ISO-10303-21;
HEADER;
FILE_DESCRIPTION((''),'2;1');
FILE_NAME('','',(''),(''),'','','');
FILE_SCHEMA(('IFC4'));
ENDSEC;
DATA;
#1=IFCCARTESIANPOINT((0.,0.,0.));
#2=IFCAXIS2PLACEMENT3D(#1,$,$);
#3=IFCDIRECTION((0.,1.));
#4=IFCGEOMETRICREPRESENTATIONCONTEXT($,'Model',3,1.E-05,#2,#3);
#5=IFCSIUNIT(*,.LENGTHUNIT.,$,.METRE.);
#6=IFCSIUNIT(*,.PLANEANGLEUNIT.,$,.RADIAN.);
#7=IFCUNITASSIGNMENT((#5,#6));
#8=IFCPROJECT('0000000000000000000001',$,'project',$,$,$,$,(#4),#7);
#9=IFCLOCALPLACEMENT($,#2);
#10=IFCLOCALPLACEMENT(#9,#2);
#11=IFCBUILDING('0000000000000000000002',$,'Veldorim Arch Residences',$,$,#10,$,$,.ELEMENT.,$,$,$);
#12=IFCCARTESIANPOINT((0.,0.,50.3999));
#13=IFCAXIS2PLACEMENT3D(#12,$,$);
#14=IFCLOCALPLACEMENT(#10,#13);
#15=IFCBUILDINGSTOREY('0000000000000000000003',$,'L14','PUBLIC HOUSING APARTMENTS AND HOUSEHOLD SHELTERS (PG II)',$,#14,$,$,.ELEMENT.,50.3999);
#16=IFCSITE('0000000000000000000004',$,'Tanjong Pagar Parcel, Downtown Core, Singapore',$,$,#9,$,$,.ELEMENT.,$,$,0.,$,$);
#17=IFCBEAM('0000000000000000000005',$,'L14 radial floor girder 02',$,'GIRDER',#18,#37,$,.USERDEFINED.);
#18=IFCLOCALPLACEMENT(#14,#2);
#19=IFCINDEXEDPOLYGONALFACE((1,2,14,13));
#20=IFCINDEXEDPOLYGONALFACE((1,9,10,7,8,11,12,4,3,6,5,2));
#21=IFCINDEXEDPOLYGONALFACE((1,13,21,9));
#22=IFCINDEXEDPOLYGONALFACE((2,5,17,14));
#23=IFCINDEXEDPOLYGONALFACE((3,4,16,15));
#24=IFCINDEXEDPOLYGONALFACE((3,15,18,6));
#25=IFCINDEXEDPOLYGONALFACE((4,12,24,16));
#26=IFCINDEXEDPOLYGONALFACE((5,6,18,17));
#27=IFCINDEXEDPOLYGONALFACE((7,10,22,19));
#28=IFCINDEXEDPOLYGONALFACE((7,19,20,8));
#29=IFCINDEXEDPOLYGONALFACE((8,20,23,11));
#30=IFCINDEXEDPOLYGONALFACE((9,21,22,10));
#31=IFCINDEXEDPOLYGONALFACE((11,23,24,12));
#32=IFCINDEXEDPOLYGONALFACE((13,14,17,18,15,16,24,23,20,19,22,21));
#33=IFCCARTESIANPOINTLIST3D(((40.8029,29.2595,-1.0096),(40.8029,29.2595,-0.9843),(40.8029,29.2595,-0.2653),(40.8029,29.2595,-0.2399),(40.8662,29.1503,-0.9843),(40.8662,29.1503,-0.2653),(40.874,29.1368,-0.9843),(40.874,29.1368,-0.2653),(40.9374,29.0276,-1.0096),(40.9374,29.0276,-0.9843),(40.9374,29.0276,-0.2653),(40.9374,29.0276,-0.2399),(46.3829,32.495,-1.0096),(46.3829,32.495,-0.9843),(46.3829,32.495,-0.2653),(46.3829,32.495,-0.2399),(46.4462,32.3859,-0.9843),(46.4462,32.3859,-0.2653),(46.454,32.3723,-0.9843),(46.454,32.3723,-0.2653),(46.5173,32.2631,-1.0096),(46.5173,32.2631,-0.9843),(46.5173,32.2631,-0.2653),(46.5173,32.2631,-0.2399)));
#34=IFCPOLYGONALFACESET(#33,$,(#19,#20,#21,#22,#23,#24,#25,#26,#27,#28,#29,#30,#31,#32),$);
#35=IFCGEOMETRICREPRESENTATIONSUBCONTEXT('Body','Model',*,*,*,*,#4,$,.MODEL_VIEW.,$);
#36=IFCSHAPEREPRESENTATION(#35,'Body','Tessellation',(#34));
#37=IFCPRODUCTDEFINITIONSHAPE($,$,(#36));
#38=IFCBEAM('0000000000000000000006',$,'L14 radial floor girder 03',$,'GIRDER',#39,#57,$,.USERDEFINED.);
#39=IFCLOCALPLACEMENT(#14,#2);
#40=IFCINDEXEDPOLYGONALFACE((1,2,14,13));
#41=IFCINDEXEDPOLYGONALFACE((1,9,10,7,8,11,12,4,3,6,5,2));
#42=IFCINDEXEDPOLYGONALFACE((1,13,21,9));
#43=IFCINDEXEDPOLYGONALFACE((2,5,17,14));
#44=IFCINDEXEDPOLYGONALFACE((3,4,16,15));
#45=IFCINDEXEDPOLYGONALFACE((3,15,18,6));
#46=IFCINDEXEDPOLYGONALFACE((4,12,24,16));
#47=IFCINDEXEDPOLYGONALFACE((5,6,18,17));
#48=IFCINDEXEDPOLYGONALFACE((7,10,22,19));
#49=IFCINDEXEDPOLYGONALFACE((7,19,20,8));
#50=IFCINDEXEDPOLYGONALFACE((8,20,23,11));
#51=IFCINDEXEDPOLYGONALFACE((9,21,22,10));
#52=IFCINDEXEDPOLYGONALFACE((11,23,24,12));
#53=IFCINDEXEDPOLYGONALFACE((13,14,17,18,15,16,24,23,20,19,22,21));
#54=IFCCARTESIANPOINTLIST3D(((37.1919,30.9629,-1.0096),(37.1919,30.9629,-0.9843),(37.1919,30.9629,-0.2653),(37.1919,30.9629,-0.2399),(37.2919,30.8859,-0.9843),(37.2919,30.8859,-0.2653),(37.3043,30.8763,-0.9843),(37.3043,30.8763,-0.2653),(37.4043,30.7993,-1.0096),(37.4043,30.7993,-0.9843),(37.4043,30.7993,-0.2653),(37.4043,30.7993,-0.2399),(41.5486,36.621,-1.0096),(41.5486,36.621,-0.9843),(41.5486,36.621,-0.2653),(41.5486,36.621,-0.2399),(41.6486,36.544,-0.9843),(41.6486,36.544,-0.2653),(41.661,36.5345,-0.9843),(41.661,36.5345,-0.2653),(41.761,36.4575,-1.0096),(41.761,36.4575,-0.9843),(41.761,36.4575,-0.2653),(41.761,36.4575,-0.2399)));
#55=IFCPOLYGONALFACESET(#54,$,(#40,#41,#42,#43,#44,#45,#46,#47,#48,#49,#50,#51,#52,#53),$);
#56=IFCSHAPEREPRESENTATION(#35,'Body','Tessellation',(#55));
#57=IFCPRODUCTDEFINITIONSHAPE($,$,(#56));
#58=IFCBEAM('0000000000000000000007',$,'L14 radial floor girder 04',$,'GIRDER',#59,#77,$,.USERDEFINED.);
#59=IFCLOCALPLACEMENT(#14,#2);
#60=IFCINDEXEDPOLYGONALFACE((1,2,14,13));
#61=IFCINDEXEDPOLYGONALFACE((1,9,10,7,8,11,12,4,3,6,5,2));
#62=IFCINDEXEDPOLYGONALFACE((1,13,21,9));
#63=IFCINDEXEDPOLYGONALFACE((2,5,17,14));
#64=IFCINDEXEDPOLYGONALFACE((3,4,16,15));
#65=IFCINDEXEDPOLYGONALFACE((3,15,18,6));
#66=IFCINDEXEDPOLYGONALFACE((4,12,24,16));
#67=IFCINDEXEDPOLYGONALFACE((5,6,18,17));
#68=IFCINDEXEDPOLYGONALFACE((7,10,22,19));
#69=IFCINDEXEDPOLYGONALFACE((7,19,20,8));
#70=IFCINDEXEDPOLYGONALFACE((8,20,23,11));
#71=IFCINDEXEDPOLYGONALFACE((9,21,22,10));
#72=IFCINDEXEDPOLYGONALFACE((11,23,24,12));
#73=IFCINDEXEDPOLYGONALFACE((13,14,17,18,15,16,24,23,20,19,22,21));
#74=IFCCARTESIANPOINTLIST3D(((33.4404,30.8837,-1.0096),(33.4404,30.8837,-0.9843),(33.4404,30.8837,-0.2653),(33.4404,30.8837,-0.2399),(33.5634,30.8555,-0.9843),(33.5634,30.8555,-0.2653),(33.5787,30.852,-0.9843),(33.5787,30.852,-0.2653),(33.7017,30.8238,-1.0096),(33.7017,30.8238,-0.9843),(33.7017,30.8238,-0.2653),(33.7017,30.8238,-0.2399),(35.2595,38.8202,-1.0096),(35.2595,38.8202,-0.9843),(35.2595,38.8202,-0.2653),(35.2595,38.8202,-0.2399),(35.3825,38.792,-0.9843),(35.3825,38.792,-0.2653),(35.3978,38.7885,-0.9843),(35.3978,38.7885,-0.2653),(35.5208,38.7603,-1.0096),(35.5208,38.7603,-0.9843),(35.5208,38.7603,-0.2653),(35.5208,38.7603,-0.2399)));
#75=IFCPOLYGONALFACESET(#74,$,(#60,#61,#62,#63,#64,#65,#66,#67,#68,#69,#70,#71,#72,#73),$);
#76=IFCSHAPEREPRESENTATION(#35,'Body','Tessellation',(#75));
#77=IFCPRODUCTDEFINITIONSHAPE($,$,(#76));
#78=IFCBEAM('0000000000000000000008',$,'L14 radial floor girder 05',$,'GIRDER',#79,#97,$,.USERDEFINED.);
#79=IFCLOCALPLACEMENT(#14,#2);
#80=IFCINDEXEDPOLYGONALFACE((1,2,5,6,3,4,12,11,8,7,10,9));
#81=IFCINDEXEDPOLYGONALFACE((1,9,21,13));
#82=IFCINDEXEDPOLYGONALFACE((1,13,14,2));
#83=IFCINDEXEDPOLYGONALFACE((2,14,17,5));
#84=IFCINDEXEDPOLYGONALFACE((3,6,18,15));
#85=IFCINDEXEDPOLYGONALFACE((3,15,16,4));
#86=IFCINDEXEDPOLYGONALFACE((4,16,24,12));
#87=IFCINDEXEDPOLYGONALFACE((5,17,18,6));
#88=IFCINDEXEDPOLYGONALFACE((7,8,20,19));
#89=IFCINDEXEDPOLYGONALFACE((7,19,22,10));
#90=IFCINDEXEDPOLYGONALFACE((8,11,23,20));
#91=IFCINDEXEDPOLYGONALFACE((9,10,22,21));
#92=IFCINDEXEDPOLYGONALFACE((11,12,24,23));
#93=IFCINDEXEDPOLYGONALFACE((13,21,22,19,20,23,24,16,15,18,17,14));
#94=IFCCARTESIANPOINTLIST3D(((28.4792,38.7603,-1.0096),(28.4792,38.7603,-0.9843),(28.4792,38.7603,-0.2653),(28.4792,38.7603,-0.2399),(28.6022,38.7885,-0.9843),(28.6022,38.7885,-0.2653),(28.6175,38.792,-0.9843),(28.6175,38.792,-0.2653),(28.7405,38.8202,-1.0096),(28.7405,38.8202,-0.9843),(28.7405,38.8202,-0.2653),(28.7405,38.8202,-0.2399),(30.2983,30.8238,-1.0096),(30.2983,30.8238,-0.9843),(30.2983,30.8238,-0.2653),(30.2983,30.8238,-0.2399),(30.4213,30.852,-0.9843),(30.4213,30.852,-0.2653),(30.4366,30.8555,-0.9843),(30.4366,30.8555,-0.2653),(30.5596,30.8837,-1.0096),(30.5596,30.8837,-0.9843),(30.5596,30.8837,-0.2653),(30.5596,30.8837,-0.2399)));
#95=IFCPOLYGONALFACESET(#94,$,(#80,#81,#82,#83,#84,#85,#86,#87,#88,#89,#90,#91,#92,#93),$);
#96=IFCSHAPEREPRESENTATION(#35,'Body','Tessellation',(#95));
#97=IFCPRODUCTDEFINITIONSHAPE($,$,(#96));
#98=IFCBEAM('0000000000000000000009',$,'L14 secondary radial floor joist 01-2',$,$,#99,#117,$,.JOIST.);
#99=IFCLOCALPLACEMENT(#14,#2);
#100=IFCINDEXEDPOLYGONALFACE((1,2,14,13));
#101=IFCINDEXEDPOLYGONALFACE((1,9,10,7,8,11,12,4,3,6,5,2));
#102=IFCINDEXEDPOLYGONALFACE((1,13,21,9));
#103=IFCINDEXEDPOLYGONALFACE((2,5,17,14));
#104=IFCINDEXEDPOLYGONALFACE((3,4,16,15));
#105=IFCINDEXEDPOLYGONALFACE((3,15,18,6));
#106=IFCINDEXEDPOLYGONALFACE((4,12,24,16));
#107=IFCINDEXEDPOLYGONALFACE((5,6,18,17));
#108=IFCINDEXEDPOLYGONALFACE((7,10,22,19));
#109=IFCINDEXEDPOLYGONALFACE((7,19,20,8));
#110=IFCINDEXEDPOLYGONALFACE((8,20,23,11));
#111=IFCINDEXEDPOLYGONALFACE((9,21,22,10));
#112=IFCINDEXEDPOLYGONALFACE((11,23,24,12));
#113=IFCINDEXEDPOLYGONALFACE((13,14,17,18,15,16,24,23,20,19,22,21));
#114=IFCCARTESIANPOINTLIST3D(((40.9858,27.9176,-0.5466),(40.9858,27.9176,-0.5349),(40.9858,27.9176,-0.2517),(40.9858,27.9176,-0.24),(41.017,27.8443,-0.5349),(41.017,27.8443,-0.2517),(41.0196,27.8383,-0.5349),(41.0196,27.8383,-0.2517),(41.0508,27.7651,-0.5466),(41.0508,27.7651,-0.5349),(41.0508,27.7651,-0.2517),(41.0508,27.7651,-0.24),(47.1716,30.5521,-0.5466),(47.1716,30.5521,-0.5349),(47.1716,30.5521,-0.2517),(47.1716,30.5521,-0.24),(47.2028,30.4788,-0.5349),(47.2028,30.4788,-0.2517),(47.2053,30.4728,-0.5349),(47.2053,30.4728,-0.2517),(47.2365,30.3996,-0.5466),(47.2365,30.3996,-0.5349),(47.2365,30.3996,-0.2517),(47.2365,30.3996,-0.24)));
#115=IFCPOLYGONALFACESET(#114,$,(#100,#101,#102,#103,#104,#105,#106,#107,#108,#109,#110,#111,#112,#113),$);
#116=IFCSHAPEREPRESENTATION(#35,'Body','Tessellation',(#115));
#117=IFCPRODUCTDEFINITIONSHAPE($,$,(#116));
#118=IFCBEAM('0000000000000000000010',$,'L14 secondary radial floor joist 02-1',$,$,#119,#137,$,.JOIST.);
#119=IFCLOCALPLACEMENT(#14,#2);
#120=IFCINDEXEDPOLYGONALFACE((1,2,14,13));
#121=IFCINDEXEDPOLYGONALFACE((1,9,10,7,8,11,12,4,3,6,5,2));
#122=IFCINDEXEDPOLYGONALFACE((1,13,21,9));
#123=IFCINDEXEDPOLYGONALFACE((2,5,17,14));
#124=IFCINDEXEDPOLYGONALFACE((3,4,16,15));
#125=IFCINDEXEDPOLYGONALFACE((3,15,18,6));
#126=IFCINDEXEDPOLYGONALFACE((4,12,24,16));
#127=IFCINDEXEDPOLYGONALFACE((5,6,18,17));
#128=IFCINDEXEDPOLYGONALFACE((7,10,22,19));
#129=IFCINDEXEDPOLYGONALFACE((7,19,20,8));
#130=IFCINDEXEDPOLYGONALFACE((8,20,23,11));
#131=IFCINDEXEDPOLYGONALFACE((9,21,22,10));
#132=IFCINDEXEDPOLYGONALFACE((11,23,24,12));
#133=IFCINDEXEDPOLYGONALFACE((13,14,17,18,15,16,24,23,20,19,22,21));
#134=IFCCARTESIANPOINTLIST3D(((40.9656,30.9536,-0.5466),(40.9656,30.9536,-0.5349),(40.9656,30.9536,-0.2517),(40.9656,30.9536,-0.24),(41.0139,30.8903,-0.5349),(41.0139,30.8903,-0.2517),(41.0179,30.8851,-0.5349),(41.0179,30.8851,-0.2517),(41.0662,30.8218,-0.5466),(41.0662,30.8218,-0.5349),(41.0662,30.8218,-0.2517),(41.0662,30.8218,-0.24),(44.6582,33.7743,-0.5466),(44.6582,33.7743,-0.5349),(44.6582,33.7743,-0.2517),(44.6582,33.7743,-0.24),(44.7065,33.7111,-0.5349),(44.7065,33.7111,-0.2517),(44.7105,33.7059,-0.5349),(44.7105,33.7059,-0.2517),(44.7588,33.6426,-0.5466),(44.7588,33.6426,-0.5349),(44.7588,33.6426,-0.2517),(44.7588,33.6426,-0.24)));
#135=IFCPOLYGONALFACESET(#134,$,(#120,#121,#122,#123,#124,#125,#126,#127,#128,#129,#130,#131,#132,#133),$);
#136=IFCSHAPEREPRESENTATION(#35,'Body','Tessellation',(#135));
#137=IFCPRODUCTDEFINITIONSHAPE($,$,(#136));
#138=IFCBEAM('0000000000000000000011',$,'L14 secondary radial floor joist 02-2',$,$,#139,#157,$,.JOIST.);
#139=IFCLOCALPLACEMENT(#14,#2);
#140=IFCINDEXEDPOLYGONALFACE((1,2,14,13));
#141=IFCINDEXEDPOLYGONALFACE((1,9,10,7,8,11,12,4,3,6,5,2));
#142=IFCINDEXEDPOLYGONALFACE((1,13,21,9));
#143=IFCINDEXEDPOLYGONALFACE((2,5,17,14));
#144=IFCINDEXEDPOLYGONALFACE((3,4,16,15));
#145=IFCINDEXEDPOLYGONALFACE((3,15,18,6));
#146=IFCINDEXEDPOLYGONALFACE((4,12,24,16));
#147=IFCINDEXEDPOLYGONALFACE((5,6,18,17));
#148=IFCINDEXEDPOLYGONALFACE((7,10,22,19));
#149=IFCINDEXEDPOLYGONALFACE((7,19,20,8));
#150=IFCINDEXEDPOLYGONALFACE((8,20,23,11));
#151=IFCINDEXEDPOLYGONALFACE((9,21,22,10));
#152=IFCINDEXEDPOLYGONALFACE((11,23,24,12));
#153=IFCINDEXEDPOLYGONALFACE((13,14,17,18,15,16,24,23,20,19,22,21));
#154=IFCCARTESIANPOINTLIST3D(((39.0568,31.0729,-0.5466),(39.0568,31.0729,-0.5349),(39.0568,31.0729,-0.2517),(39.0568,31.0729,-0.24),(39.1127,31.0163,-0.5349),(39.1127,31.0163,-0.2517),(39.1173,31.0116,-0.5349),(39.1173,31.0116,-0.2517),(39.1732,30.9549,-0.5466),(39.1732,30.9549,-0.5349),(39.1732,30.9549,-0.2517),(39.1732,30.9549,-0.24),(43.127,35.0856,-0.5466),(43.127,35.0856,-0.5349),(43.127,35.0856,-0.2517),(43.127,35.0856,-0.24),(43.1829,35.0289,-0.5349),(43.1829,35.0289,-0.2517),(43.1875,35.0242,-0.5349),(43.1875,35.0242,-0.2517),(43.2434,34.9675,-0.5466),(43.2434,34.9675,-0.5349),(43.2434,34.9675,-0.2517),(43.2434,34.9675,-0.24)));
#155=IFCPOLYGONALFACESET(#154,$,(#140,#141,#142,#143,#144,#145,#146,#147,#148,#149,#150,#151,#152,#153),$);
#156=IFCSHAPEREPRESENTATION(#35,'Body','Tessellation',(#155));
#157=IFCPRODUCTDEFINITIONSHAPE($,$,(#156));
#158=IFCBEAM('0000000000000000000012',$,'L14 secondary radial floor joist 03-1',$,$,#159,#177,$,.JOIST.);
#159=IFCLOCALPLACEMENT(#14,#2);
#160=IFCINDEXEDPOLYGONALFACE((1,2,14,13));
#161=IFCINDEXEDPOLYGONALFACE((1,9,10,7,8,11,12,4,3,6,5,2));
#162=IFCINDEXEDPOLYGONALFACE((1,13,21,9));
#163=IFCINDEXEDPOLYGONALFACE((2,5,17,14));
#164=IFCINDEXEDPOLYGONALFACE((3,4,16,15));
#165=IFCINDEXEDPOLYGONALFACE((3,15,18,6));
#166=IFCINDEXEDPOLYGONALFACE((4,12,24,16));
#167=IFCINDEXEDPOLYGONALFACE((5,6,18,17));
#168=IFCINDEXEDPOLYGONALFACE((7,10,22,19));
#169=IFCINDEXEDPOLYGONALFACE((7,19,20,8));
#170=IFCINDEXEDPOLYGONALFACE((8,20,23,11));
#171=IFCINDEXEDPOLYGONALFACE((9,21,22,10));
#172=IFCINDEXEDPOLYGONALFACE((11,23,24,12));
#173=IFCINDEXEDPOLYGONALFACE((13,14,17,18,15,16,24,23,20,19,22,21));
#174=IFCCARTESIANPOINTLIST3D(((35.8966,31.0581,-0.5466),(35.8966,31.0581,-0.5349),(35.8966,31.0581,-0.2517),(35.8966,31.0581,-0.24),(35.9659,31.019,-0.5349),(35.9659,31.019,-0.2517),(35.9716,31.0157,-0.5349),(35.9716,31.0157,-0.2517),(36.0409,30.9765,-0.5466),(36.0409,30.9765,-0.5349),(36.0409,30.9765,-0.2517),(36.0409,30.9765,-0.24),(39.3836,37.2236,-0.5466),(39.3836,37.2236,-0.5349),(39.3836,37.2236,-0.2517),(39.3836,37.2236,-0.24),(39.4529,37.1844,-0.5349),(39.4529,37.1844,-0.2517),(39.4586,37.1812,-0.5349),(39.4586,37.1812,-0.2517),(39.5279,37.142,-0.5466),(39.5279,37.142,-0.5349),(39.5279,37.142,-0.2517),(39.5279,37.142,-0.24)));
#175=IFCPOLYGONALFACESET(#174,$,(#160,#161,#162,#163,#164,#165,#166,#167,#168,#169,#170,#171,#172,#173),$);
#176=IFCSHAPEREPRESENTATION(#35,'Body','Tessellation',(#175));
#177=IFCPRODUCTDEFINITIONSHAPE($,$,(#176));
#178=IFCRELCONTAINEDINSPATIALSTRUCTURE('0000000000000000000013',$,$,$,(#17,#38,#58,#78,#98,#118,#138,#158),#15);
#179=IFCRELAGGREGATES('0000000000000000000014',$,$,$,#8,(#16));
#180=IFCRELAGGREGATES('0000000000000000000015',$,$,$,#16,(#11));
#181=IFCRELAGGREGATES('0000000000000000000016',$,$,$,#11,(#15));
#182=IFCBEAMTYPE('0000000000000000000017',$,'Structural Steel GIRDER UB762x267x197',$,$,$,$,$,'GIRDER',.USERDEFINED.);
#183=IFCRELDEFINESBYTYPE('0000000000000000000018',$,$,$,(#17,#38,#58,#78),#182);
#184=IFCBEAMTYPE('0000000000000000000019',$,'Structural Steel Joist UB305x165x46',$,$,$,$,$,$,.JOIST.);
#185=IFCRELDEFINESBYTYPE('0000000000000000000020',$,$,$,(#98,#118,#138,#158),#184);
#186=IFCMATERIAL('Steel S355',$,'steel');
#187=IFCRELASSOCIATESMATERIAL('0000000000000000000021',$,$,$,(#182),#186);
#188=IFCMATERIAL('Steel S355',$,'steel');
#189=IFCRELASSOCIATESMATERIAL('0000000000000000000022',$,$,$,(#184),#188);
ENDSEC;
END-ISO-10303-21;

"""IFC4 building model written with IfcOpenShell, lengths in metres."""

from ifc_helpers import new_model, si_unit, direction, frame, origin, origin_2d, place, context, subcontext, project, spatial, i_section, extrude, material, material_profile, profile_set, type_object, element, save


model = new_model("IFC4")

# Units and contexts
model_context = context("Model", 3, precision=1e-05, world=origin(), true_north=direction((0.0, 1.0)))
body_context = subcontext(model_context, "Body", "Model", "MODEL_VIEW")
ifc_project = project(units=[si_unit("LENGTHUNIT", "METRE"), si_unit("PLANEANGLEUNIT", "RADIAN")], contexts=[model_context])

# Site, building, storey
site_placement = place(None, origin())
site = spatial("IfcSite", under=ifc_project, at=site_placement, Name="Tanjong Pagar Parcel, Downtown Core, Singapore", CompositionType="ELEMENT", RefElevation=0.0)
building_placement = place(site_placement, origin())
building = spatial("IfcBuilding", under=site, at=building_placement, Name="Veldorim Arch Residences", CompositionType="ELEMENT")
storey_placement = place(building_placement, frame((0.0, 0.0, 50.3999)))
storey = spatial("IfcBuildingStorey", under=building, at=storey_placement, Name="L14", Description="PUBLIC HOUSING APARTMENTS AND HOUSEHOLD SHELTERS (PG II)", CompositionType="ELEMENT", Elevation=50.3999)

# Beams
ifc_material_1 = material(Name="Steel S355", Category="steel")
ifc_material_profile_1 = material_profile(ifc_material_1, i_section(OverallWidth=0.2681, OverallDepth=0.7698, WebThickness=0.0156, FlangeThickness=0.0254, at=origin_2d()), Name="UB762x267x197")
ifc_profile_set_1 = profile_set([ifc_material_profile_1], Name="Steel S355")
beam_type_1 = type_object("IfcBeamType", Name="Structural Steel GIRDER UB762x267x197", ElementType="GIRDER", PredefinedType="USERDEFINED", material=ifc_profile_set_1)
beam_1_placement = place(storey_placement, frame((40.8701, 29.1436, -0.6248), z_axis=(0.865088, 0.50162, 0.0), x_axis=(-0.50162, 0.865088, 0.0)))
element("IfcBeam", 1, at=beam_1_placement, inside=storey, type_object=beam_type_1, Name="L14 radial floor girder 02", ObjectType="GIRDER", PredefinedType="USERDEFINED", context=body_context, shape_type="SweptSolid", body=[
    extrude(i_section(OverallWidth=0.2681, OverallDepth=0.7698, WebThickness=0.0156, FlangeThickness=0.0254, at=origin_2d()), origin(), (0.0, 0.0, 1.0), 6.4502),
])
beam_2_placement = place(storey_placement, frame((37.2981, 30.8811, -0.6248), z_axis=(0.610082, 0.792338, 0.0), x_axis=(-0.792338, 0.610082, 0.0)))
element("IfcBeam", 2, at=beam_2_placement, inside=storey, type_object=beam_type_1, Name="L14 radial floor girder 03", ObjectType="GIRDER", PredefinedType="USERDEFINED", context=body_context, shape_type="SweptSolid", body=[
    extrude(i_section(OverallWidth=0.2681, OverallDepth=0.7698, WebThickness=0.0156, FlangeThickness=0.0254, at=origin_2d()), origin(), (0.0, 0.0, 1.0), 7.1411),
])
for number, where, z_axis, x_axis, name in (
    (3, (33.571, 30.8538, -0.6248), (0.223412, 0.974724, 0.0), (-0.974724, 0.223412, 0.0), "L14 radial floor girder 04"),
    (4, (30.429, 30.8538, -0.6248), (-0.223412, 0.974724, 0.0), (-0.974724, -0.223412, 0.0), "L14 radial floor girder 05"),
):
    element("IfcBeam", number, at=place(storey_placement, frame(where, z_axis=z_axis, x_axis=x_axis)), inside=storey, type_object=beam_type_1, Name=name, ObjectType="GIRDER", PredefinedType="USERDEFINED", context=body_context, shape_type="SweptSolid", body=[
        extrude(i_section(OverallWidth=0.2681, OverallDepth=0.7698, WebThickness=0.0156, FlangeThickness=0.0254, at=origin_2d()), origin(), (0.0, 0.0, 1.0), 8.1423),
    ])
ifc_material_2 = material(Name="Steel S355", Category="steel")
ifc_material_profile_2 = material_profile(ifc_material_2, i_section(OverallWidth=0.1658, OverallDepth=0.3066, WebThickness=0.0066, FlangeThickness=0.0117, at=origin_2d()), Name="UB305x165x46")
ifc_profile_set_2 = profile_set([ifc_material_profile_2], Name="Steel S355")
beam_type_2 = type_object("IfcBeamType", Name="Structural Steel Joist UB305x165x46", PredefinedType="JOIST", material=ifc_profile_set_2)
beam_3_placement = place(storey_placement, frame((41.0183, 27.8413, -0.3933), z_axis=(0.920033, 0.391841, 0.0), x_axis=(-0.391841, 0.920033, 0.0)))
element("IfcBeam", 5, at=beam_3_placement, inside=storey, type_object=beam_type_2, Name="L14 secondary radial floor joist 01-2", PredefinedType="JOIST", context=body_context, shape_type="SweptSolid", body=[
    extrude(i_section(OverallWidth=0.1658, OverallDepth=0.3066, WebThickness=0.0066, FlangeThickness=0.0117, at=origin_2d()), origin(), (0.0, 0.0, 1.0), 6.7234),
])
beam_4_placement = place(storey_placement, frame((41.0159, 30.8877, -0.3933), z_axis=(0.794666, 0.607046, 0.0), x_axis=(-0.607046, 0.794666, 0.0)))
element("IfcBeam", 6, at=beam_4_placement, inside=storey, type_object=beam_type_2, Name="L14 secondary radial floor joist 02-1", PredefinedType="JOIST", context=body_context, shape_type="SweptSolid", body=[
    extrude(i_section(OverallWidth=0.1658, OverallDepth=0.3066, WebThickness=0.0066, FlangeThickness=0.0117, at=origin_2d()), origin(), (0.0, 0.0, 1.0), 4.6467),
])
beam_5_placement = place(storey_placement, frame((39.115, 31.0139, -0.3933), z_axis=(0.712129, 0.702049, 0.0), x_axis=(-0.702049, 0.712129, 0.0)))
element("IfcBeam", 7, at=beam_5_placement, inside=storey, type_object=beam_type_2, Name="L14 secondary radial floor joist 02-2", PredefinedType="JOIST", context=body_context, shape_type="SweptSolid", body=[
    extrude(i_section(OverallWidth=0.1658, OverallDepth=0.3066, WebThickness=0.0066, FlangeThickness=0.0117, at=origin_2d()), origin(), (0.0, 0.0, 1.0), 5.7156),
])
beam_6_placement = place(storey_placement, frame((35.9688, 31.0173, -0.3933), z_axis=(0.492292, 0.87043, 0.0), x_axis=(-0.87043, 0.492292, 0.0)))
element("IfcBeam", 8, at=beam_6_placement, inside=storey, type_object=beam_type_2, Name="L14 secondary radial floor joist 03-1", PredefinedType="JOIST", context=body_context, shape_type="SweptSolid", body=[
    extrude(i_section(OverallWidth=0.1658, OverallDepth=0.3066, WebThickness=0.0066, FlangeThickness=0.0117, at=origin_2d()), origin(), (0.0, 0.0, 1.0), 7.0833),
])

save(model, "model.ifc")
